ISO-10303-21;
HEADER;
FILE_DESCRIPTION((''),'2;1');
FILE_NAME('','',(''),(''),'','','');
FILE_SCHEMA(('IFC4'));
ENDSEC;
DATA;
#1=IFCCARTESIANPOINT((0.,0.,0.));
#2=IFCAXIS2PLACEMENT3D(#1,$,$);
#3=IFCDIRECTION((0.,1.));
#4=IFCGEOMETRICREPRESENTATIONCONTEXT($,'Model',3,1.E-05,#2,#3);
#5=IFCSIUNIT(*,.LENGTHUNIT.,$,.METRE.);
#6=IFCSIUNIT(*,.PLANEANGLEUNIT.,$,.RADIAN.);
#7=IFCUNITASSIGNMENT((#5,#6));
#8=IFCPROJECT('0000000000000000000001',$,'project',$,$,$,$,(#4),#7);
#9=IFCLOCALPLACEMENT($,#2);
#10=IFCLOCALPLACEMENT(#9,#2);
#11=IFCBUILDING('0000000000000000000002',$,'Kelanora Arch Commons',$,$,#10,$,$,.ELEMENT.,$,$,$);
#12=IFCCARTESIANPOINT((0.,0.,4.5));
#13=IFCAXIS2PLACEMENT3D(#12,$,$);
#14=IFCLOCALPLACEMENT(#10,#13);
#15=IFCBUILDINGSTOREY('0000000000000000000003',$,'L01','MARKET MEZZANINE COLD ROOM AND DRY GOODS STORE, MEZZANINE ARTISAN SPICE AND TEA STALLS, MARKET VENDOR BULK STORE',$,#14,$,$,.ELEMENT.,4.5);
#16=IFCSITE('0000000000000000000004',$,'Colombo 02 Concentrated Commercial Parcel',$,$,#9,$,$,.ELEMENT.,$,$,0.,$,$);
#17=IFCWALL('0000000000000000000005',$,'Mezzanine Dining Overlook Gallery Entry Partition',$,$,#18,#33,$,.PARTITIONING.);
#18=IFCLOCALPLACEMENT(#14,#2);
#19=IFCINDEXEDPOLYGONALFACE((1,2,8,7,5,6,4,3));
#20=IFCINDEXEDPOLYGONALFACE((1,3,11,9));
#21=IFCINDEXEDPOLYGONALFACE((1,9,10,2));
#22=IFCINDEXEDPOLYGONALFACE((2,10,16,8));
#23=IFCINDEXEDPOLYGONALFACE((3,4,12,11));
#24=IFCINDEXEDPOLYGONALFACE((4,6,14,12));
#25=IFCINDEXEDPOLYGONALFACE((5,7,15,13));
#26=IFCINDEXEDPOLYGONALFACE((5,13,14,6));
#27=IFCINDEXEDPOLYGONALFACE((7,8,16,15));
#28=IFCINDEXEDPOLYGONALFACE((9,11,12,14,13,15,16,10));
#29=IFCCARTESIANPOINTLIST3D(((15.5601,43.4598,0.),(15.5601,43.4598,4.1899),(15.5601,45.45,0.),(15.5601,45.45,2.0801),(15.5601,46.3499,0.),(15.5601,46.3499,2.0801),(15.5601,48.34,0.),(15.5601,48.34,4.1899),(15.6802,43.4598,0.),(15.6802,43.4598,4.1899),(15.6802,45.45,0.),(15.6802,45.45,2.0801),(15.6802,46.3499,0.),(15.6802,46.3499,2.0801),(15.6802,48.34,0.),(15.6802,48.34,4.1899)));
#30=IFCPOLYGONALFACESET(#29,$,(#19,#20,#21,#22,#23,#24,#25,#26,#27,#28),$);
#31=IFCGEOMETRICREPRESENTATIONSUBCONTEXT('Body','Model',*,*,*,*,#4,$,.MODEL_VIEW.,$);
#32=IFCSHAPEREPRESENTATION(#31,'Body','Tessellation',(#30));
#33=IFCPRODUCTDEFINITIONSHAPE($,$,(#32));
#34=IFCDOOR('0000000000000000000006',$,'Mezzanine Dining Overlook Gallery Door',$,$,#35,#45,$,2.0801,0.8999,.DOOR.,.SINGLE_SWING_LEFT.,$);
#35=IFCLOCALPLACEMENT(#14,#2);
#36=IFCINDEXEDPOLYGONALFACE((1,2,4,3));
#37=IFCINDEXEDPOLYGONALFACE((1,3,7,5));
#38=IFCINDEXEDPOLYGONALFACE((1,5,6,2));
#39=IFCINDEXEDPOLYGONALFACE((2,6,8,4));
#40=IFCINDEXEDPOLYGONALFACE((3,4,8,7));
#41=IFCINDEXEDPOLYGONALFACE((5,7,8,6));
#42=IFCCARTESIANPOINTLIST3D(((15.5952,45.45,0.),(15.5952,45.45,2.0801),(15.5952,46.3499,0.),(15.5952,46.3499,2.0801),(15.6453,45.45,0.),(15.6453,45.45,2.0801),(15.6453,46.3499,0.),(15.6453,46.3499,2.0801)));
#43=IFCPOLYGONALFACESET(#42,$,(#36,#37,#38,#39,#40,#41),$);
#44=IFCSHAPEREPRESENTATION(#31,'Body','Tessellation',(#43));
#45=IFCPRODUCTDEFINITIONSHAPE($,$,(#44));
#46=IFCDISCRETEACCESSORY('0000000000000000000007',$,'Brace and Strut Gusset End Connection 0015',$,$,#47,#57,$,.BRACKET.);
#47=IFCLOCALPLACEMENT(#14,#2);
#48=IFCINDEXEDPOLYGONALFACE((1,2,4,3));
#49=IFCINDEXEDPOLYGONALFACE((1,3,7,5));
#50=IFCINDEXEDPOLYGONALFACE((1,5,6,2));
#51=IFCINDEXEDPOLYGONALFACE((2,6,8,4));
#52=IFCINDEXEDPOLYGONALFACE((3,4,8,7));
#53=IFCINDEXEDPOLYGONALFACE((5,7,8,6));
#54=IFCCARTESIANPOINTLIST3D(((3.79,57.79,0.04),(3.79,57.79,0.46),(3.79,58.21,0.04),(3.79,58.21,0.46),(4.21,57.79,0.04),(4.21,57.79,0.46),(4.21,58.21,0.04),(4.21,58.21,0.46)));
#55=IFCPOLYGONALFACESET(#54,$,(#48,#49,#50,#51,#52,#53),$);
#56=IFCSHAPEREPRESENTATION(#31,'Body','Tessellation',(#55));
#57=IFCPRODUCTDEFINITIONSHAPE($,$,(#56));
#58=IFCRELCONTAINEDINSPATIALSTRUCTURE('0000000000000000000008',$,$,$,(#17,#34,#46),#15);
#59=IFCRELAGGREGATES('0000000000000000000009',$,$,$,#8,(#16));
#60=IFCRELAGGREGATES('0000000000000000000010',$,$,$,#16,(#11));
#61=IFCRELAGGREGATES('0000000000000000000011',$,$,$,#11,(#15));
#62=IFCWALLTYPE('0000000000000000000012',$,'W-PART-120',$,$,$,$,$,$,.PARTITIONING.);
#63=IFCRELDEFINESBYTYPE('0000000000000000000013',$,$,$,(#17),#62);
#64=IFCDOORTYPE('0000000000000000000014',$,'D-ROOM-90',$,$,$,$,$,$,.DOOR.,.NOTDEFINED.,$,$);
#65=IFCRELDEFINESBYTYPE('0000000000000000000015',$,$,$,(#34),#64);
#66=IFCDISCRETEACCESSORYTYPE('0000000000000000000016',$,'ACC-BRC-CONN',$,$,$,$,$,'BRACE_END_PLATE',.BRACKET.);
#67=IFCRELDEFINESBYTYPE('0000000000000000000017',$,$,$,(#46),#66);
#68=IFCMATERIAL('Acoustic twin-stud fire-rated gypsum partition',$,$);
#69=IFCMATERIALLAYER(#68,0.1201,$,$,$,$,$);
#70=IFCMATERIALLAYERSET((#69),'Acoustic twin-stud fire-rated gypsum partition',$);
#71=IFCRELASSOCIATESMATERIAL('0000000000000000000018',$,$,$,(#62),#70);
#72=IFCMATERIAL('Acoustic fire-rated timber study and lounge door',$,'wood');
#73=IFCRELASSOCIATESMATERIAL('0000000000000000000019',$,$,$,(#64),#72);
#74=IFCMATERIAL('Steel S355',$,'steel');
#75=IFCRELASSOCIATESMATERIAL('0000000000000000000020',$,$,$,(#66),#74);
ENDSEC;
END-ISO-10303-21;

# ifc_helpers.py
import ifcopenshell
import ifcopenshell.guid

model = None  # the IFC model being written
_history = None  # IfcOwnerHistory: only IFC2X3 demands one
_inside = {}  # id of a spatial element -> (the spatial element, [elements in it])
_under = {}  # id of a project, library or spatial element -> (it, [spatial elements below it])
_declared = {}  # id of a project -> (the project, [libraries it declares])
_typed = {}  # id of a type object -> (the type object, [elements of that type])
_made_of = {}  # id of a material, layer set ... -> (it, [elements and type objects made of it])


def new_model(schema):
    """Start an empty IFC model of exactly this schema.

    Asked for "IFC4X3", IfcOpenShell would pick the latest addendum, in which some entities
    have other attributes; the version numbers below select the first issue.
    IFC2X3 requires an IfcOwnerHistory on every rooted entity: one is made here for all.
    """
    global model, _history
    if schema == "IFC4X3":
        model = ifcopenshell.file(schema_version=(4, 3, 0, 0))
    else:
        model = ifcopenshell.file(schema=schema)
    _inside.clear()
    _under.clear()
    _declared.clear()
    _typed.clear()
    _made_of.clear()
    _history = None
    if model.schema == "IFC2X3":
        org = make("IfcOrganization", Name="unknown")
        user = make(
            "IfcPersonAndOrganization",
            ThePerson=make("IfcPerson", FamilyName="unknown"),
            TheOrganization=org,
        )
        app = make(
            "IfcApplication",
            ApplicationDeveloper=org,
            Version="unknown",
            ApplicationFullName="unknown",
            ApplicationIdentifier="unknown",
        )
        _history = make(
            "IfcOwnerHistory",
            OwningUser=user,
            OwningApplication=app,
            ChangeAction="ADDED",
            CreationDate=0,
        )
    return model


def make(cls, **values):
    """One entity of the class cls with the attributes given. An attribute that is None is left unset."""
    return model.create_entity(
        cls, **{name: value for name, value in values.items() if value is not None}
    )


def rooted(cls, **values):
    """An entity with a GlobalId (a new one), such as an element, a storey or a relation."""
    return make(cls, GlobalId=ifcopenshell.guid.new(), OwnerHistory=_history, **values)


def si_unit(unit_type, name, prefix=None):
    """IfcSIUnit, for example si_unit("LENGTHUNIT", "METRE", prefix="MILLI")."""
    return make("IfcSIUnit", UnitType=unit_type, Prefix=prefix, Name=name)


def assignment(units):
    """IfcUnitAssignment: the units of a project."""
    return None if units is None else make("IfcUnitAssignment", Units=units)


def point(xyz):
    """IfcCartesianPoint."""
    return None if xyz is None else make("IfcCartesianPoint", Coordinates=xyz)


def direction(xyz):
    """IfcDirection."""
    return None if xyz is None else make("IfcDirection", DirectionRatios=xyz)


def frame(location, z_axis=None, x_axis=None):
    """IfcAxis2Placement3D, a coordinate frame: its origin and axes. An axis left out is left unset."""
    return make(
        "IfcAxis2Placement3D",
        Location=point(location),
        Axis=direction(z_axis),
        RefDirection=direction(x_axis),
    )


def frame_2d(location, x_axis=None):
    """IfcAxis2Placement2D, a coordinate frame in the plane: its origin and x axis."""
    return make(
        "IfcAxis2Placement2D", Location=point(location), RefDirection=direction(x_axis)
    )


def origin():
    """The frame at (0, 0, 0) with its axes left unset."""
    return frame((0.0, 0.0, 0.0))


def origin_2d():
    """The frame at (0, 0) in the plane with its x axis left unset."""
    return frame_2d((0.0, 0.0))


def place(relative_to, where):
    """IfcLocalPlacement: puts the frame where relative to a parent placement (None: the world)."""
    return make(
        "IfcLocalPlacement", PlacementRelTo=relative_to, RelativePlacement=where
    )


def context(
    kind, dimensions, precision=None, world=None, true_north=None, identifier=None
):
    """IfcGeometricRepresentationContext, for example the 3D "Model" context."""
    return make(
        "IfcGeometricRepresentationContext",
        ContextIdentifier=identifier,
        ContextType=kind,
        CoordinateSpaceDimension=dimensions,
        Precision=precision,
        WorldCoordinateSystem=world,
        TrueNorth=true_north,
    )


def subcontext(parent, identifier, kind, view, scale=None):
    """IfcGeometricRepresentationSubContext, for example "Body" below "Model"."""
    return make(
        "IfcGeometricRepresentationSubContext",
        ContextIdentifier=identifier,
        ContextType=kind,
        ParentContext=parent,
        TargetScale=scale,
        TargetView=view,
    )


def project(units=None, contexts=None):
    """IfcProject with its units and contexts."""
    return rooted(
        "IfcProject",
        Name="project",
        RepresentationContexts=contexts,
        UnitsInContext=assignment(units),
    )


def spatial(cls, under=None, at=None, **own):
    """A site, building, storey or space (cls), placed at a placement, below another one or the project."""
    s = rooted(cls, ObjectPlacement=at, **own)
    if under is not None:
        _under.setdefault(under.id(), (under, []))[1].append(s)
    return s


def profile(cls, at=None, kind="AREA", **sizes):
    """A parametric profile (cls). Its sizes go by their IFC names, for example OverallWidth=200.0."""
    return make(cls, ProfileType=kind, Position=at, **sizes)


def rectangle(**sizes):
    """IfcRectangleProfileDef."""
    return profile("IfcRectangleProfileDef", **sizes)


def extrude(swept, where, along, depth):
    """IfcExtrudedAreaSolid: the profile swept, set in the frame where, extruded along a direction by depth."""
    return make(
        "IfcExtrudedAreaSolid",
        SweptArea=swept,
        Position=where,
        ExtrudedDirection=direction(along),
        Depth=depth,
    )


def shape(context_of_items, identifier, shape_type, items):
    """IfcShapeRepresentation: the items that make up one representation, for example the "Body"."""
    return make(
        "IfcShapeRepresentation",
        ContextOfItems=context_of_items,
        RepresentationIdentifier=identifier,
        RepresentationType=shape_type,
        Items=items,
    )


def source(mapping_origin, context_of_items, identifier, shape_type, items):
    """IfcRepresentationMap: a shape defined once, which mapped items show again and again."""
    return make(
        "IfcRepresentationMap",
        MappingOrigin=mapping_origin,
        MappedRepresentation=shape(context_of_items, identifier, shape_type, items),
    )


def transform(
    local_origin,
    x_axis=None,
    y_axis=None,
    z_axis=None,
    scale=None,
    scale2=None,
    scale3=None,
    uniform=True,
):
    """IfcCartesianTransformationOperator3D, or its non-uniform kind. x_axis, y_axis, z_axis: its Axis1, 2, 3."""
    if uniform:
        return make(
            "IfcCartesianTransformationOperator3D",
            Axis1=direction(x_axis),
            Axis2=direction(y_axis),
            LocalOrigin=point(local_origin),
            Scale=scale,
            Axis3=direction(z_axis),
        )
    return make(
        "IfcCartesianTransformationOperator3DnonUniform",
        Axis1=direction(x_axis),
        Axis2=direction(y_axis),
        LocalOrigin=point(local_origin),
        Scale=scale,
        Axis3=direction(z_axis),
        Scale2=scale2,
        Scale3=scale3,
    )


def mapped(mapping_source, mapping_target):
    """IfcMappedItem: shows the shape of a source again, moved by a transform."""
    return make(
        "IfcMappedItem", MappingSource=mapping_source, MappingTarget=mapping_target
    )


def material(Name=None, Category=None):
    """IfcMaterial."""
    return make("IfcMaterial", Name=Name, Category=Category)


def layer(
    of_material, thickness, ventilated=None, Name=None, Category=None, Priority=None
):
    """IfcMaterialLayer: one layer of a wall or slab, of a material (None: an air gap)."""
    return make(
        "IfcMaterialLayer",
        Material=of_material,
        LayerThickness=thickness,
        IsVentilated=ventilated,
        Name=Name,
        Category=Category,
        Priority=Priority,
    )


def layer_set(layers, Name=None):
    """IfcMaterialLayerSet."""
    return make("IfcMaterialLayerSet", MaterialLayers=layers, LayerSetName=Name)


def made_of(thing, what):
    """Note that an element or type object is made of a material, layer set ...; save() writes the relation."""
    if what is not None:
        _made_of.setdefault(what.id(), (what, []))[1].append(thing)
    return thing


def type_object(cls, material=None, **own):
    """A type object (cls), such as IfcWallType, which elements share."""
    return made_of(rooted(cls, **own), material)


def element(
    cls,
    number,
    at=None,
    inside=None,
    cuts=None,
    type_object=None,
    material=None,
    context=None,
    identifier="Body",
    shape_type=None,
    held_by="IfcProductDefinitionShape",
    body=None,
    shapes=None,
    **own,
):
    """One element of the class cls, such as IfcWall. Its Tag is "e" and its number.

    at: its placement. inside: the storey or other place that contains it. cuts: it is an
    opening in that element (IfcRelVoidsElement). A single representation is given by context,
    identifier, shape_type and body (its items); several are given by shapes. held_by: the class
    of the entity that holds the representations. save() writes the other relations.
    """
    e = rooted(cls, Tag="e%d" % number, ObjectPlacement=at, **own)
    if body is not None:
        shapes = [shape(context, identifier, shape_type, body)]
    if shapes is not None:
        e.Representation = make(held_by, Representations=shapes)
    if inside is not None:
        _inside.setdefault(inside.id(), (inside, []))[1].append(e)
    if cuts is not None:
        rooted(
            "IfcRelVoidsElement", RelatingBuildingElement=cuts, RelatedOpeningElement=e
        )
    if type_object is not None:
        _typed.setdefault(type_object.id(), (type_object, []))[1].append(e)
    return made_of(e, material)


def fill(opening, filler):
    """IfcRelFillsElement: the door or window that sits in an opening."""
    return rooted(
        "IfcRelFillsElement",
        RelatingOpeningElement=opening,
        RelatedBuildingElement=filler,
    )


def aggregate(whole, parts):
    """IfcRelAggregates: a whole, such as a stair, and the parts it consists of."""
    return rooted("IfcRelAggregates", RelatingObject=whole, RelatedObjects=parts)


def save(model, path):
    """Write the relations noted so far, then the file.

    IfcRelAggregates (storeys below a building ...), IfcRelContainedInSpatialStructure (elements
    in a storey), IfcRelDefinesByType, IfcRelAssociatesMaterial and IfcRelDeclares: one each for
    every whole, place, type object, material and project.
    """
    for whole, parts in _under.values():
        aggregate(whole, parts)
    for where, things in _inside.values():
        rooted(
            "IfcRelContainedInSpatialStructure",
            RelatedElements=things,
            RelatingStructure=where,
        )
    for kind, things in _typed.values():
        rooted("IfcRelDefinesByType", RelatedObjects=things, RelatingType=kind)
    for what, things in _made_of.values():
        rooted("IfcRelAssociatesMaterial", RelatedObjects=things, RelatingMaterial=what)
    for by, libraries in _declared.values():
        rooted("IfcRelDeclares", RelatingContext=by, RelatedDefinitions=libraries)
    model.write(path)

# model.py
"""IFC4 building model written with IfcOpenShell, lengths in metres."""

from ifc_helpers import new_model, si_unit, direction, frame, frame_2d, origin, origin_2d, place, context, subcontext, project, spatial, rectangle, extrude, source, transform, mapped, material, layer, layer_set, type_object, element, fill, save


model = new_model("IFC4")

# Units and contexts
model_context = context("Model", 3, precision=1e-05, world=origin(), true_north=direction((0.0, 1.0)))
body_context = subcontext(model_context, "Body", "Model", "MODEL_VIEW")
ifc_project = project(units=[si_unit("LENGTHUNIT", "METRE"), si_unit("PLANEANGLEUNIT", "RADIAN")], contexts=[model_context])

# Site, building, storey
site_placement = place(None, origin())
site = spatial("IfcSite", under=ifc_project, at=site_placement, Name="Colombo 02 Concentrated Commercial Parcel", CompositionType="ELEMENT", RefElevation=0.0)
building_placement = place(site_placement, origin())
building = spatial("IfcBuilding", under=site, at=building_placement, Name="Kelanora Arch Commons", CompositionType="ELEMENT")
storey_placement = place(building_placement, frame((0.0, 0.0, 4.5)))
storey = spatial("IfcBuildingStorey", under=building, at=storey_placement, Name="L01", Description="MARKET MEZZANINE COLD ROOM AND DRY GOODS STORE, MEZZANINE ARTISAN SPICE AND TEA STALLS, MARKET VENDOR BULK STORE", CompositionType="ELEMENT", Elevation=4.5)

# Shared definitions
ifc_material_1 = material(Name="Steel S355", Category="steel")

# Wall, opening, door
ifc_material_2 = material(Name="Acoustic twin-stud fire-rated gypsum partition")
ifc_layer_1 = layer(ifc_material_2, 0.1201)
ifc_layer_set_1 = layer_set([ifc_layer_1], Name="Acoustic twin-stud fire-rated gypsum partition")
wall_type_1 = type_object("IfcWallType", Name="W-PART-120", PredefinedType="PARTITIONING", material=ifc_layer_set_1)
wall_1_placement = place(storey_placement, frame((15.6201, 43.46, 0.0), z_axis=(0.0, 0.0, 1.0), x_axis=(0.0, 1.0, 0.0)))
wall_1 = element("IfcWall", 1, at=wall_1_placement, inside=storey, type_object=wall_type_1, Name="Mezzanine Dining Overlook Gallery Entry Partition", PredefinedType="PARTITIONING", context=body_context, shape_type="SweptSolid", body=[
    extrude(rectangle(XDim=4.8801, YDim=0.1201, at=frame_2d((2.4399, 0.0))), origin(), (0.0, 0.0, 1.0), 4.1899),
])
opening_1_placement = place(wall_1_placement, frame((1.99, 0.0, 0.0)))
opening_1 = element("IfcOpeningElement", 2, at=opening_1_placement, cuts=wall_1, PredefinedType="OPENING", context=body_context, shape_type="SweptSolid", body=[
    extrude(rectangle(XDim=0.8999, YDim=2.0801, at=frame_2d((0.45, 1.04))), frame((0.0, 0.0701, 0.0), z_axis=(0.0, -1.0, 0.0), x_axis=(1.0, 0.0, 0.0)), (0.0, 0.0, 1.0), 0.1401),
])
ifc_material_3 = material(Name="Acoustic fire-rated timber study and lounge door", Category="wood")
door_type = type_object("IfcDoorType", Name="D-ROOM-90", OperationType="NOTDEFINED", PredefinedType="DOOR", material=ifc_material_3)
door_placement = place(opening_1_placement, origin())
door = element("IfcDoor", 3, at=door_placement, inside=storey, type_object=door_type, Name="Mezzanine Dining Overlook Gallery Door", OperationType="SINGLE_SWING_LEFT", OverallHeight=2.0801, OverallWidth=0.8999, PredefinedType="DOOR", context=body_context, shape_type="SweptSolid", body=[
    extrude(rectangle(XDim=0.8999, YDim=2.0801, at=frame_2d((0.45, 1.04))), frame((0.0, 0.0249, 0.0), z_axis=(0.0, -1.0, 0.0), x_axis=(1.0, 0.0, 0.0)), (0.0, 0.0, 1.0), 0.05),
])
fill(opening_1, door)

# Discrete accessory
discrete_accessory_type = type_object("IfcDiscreteAccessoryType", Name="ACC-BRC-CONN", ElementType="BRACE_END_PLATE", PredefinedType="BRACKET", material=ifc_material_1)
shared_shape = source(origin(), body_context, "Body", "SweptSolid", [
    extrude(rectangle(XDim=0.4199, YDim=0.4199, at=origin_2d()), origin(), (0.0, 0.0, 1.0), 0.4199),
])
discrete_accessory_placement = place(storey_placement, frame((4.0, 58.0, 0.04), z_axis=(0.0, 0.0, 1.0), x_axis=(0.0, 1.0, 0.0)))
element("IfcDiscreteAccessory", 4, at=discrete_accessory_placement, inside=storey, type_object=discrete_accessory_type, Name="Brace and Strut Gusset End Connection 0015", PredefinedType="BRACKET", context=body_context, shape_type="MappedRepresentation", body=[
    mapped(shared_shape, transform((0.0, 0.0, 0.0), scale=1.0)),
])

save(model, "model.ifc")
